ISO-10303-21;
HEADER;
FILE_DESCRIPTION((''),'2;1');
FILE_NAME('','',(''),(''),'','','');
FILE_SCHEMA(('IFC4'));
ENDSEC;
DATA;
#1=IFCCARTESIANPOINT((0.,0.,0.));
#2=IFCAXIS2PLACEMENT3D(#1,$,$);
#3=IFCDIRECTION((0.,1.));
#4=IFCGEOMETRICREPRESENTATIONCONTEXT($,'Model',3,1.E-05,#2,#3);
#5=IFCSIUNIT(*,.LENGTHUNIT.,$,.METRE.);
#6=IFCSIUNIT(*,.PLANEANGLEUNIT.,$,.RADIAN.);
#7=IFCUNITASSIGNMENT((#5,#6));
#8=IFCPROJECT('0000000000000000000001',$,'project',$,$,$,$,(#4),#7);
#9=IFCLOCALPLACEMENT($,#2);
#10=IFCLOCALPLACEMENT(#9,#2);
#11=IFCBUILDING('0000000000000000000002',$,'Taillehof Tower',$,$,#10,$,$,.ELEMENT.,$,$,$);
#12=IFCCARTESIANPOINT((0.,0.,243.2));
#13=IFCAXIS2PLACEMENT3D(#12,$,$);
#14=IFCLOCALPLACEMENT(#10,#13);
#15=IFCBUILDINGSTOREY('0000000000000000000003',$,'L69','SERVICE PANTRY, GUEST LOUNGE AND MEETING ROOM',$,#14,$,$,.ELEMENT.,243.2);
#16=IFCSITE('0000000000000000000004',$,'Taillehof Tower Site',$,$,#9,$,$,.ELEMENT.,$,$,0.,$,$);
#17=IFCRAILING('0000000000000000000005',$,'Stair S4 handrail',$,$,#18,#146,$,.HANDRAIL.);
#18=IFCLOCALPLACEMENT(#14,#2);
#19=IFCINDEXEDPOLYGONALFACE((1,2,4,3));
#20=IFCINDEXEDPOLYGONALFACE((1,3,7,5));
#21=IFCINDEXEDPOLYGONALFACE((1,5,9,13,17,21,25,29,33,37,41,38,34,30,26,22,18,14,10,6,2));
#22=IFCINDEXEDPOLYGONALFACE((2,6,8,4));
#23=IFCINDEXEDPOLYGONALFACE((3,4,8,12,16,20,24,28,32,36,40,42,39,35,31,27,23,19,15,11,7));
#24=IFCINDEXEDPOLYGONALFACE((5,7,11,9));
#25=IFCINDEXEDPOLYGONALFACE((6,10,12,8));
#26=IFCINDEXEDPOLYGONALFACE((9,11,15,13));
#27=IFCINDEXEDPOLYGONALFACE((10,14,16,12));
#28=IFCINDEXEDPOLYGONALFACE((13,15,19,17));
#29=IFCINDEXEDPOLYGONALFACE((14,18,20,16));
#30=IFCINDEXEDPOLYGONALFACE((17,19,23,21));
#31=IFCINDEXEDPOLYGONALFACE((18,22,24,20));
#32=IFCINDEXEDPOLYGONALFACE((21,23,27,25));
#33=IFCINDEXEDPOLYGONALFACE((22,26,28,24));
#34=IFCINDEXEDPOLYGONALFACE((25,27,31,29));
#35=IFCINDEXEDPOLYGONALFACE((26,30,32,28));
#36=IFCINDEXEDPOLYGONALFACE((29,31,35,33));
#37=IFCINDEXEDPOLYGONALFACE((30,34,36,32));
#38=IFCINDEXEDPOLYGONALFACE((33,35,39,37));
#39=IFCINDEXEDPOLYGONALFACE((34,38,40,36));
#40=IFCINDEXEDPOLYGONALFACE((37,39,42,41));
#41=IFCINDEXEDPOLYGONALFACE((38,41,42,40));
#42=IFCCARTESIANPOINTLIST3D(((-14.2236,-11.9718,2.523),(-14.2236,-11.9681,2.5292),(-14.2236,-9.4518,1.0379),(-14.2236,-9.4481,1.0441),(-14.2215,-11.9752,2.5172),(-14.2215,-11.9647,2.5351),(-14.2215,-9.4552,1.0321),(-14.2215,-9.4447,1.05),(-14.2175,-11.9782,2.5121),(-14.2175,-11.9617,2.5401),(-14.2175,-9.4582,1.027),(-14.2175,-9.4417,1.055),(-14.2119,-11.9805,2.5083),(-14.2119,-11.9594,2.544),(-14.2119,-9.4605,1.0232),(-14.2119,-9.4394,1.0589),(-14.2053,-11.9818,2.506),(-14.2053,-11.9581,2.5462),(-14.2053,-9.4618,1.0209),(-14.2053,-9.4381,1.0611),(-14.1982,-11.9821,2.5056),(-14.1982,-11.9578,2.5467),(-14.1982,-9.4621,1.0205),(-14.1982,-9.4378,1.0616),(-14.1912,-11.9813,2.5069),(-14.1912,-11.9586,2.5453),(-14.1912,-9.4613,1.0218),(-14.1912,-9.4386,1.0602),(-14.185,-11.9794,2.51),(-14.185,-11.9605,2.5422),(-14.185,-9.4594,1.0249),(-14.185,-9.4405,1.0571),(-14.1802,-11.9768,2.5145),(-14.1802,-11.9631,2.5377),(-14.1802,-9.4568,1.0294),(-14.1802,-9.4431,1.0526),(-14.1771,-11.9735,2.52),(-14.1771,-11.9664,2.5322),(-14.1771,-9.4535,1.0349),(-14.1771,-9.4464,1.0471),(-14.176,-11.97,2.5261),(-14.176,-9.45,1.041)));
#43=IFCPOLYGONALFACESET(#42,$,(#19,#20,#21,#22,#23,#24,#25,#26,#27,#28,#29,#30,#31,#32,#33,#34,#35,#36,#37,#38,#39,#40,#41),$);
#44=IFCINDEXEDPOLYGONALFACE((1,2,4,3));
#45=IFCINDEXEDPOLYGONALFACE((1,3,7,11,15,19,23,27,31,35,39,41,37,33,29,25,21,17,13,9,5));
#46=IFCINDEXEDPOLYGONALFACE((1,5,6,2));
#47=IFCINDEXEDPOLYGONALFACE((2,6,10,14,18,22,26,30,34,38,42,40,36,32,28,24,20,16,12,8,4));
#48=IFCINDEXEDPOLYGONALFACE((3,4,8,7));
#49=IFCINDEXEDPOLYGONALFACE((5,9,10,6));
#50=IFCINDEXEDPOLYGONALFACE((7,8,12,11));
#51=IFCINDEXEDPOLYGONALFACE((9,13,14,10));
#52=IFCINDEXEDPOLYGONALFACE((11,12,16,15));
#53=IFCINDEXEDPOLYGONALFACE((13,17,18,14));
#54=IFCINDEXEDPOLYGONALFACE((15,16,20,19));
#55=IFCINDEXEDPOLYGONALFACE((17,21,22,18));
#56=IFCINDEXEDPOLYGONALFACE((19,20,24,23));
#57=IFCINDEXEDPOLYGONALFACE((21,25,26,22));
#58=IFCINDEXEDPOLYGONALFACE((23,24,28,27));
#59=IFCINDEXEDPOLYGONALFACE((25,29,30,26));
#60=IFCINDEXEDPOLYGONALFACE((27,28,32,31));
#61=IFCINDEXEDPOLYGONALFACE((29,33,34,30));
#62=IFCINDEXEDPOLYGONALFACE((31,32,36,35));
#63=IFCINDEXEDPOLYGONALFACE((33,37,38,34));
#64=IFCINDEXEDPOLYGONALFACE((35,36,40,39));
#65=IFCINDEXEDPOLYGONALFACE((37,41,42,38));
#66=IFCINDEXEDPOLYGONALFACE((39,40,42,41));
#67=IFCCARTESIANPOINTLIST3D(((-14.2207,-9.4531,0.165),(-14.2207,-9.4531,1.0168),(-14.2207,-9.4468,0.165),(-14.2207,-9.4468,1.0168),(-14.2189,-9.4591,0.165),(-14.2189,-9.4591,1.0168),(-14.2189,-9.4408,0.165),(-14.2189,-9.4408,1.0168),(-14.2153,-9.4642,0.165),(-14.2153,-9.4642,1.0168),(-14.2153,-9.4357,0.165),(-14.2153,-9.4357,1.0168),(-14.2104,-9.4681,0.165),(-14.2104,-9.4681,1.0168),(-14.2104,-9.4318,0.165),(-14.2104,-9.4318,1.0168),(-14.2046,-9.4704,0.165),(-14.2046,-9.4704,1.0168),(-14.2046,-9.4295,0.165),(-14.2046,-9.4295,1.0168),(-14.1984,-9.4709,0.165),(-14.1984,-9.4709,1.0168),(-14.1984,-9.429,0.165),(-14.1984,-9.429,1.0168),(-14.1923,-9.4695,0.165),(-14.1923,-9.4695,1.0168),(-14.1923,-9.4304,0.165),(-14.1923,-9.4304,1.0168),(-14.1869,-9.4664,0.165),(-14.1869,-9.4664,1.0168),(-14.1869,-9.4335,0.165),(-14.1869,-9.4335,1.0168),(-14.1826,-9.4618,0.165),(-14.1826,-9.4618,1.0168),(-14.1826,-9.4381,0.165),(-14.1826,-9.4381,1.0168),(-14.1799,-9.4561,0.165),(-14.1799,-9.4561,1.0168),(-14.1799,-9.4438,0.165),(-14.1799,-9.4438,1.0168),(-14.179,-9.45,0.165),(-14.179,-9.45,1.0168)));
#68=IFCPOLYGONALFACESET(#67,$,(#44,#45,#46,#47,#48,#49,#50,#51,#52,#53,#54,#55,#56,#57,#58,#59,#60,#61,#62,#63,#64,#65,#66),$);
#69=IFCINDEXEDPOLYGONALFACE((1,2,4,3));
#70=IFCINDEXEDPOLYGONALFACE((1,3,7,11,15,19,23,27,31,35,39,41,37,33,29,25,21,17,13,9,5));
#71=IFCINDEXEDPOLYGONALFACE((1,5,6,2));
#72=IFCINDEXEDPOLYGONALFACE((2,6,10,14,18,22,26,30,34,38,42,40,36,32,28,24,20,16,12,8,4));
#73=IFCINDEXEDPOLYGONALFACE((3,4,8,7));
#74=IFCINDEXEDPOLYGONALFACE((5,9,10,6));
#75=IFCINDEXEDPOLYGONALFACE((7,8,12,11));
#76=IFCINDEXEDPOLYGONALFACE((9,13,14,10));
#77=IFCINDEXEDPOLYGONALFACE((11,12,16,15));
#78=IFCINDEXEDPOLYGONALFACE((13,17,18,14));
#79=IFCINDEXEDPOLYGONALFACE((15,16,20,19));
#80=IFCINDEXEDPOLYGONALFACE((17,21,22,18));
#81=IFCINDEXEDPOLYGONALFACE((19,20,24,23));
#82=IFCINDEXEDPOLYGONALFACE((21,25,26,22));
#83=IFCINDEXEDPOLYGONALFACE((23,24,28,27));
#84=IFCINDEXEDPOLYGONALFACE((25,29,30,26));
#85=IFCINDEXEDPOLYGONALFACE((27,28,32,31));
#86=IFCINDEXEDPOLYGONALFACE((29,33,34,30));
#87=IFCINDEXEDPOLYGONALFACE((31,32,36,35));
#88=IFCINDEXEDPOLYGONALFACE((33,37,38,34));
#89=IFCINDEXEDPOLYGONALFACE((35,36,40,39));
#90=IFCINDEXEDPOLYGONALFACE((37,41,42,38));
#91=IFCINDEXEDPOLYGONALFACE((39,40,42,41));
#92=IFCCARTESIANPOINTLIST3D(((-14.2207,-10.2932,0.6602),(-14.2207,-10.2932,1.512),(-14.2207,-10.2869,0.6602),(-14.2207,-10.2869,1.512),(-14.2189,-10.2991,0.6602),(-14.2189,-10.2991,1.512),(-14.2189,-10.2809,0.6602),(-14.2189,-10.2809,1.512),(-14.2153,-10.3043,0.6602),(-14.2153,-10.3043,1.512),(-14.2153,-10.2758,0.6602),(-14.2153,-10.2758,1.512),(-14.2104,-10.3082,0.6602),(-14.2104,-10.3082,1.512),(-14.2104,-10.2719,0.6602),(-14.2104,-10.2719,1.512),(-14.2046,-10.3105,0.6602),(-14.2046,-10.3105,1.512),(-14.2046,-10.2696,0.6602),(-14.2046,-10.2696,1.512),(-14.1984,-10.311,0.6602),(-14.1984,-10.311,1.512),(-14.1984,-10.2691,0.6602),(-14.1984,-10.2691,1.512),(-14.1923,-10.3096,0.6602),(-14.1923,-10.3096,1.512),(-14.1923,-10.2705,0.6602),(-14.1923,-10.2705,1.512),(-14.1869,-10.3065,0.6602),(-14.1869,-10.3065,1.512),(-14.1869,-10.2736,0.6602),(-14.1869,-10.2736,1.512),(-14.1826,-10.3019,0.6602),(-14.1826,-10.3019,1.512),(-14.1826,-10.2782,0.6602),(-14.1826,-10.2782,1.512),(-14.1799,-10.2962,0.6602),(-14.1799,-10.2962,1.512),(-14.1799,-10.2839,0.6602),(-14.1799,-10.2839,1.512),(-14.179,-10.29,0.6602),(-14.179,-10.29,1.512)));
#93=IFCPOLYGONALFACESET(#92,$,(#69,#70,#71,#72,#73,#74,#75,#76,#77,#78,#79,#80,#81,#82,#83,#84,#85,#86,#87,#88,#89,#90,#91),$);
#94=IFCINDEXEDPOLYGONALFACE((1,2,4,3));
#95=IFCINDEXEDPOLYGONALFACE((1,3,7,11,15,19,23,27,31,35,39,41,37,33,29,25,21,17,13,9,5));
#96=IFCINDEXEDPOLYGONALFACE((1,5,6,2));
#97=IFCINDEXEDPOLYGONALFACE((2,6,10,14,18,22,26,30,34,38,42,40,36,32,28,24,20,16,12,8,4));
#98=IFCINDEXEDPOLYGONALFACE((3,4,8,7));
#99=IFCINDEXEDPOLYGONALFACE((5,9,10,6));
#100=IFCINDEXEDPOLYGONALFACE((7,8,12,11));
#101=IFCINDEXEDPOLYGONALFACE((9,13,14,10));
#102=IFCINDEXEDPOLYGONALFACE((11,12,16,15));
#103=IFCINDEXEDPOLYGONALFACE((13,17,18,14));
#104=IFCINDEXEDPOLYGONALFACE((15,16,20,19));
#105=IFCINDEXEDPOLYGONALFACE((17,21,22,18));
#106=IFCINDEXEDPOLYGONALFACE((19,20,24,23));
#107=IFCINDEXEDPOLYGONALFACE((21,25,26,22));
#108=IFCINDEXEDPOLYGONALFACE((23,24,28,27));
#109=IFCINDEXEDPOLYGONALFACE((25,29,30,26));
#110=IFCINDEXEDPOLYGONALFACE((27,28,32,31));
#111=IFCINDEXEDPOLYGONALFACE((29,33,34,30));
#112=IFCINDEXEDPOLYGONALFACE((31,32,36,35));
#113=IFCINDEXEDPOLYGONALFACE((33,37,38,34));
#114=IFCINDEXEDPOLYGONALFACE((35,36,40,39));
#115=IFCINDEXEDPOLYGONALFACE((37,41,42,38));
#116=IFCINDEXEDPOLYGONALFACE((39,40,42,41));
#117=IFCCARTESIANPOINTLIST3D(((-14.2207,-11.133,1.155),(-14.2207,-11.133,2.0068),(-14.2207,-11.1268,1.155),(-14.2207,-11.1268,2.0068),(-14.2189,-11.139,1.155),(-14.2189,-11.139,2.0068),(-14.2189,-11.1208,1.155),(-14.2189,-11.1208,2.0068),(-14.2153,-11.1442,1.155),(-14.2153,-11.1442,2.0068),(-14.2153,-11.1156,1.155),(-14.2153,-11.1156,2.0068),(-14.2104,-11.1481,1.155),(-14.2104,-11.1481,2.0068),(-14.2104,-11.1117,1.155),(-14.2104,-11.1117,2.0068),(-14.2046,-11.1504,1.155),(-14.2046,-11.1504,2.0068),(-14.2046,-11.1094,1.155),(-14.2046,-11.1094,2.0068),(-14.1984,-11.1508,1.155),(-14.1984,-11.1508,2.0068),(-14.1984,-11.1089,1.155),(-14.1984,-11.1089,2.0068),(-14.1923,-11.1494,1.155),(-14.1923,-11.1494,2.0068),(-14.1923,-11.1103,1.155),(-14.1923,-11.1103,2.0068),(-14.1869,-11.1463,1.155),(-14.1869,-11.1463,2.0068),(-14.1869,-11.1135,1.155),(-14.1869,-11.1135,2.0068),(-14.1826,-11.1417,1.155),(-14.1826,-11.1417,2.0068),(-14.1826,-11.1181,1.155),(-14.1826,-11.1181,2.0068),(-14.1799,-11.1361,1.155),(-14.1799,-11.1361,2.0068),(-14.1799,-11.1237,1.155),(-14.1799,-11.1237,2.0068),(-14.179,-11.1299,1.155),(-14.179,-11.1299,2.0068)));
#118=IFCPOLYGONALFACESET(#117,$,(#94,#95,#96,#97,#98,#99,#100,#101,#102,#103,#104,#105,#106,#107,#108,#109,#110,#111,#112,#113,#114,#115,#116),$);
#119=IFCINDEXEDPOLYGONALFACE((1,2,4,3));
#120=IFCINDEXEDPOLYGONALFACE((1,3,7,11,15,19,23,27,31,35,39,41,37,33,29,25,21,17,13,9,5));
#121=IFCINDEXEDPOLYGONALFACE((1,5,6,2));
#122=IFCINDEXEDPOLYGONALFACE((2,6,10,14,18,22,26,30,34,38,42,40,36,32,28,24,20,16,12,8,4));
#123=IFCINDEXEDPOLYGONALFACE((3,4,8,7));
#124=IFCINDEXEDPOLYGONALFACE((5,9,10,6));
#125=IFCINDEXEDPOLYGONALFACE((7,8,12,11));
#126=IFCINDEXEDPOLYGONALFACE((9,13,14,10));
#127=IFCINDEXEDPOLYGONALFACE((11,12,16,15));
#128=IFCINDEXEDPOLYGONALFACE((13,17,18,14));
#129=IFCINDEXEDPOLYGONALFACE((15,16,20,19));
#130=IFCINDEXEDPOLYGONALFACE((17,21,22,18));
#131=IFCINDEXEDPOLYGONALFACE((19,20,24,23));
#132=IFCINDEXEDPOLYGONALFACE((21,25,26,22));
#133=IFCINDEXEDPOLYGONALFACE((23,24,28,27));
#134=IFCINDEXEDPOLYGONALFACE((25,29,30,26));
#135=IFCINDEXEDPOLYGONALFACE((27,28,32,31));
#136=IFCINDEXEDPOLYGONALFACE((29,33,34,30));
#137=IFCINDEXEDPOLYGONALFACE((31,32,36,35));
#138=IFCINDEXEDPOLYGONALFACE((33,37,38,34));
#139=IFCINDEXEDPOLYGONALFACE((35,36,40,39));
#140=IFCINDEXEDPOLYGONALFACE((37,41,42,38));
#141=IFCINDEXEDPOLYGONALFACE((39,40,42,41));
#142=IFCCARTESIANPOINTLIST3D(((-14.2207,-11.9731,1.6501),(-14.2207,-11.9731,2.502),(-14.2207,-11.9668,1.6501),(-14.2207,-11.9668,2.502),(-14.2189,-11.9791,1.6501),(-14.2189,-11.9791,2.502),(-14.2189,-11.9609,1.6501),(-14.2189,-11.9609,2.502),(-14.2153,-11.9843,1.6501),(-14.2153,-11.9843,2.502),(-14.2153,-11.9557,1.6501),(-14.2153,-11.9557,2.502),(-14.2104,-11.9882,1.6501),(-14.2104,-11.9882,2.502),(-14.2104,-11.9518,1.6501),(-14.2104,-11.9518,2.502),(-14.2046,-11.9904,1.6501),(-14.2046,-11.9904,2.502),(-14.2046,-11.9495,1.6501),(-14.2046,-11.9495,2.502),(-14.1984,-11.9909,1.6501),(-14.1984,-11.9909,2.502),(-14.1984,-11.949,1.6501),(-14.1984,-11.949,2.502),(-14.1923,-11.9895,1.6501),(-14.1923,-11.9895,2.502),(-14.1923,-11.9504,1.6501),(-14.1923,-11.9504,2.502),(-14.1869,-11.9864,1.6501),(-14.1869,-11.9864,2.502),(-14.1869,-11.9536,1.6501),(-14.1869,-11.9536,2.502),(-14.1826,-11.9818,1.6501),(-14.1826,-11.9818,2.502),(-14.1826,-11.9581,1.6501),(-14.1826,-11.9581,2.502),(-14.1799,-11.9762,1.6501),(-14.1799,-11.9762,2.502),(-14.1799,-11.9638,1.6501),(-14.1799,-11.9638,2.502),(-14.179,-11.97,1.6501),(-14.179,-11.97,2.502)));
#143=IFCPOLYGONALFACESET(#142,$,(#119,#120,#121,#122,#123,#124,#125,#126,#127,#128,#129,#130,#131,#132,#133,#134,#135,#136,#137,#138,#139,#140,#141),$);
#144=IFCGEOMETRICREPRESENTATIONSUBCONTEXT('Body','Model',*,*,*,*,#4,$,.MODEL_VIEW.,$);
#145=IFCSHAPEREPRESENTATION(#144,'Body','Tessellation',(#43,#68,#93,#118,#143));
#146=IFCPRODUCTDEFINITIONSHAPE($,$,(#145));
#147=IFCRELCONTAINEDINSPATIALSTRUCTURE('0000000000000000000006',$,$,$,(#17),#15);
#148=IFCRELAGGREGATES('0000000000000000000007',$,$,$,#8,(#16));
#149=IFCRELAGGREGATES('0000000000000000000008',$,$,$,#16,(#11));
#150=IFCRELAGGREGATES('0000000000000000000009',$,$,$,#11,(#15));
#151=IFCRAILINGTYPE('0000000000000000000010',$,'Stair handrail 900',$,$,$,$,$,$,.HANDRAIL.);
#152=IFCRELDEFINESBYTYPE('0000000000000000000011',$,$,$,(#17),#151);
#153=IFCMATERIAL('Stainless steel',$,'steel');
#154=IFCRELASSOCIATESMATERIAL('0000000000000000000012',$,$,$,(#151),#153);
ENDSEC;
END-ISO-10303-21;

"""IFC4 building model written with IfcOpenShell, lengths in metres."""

from ifc_helpers import new_model, si_unit, direction, frame, origin, origin_2d, place, context, subcontext, project, spatial, circle, extrude, material, type_object, element, save


model = new_model("IFC4")

# Units and contexts
model_context = context("Model", 3, precision=1e-05, world=origin(), true_north=direction((0.0, 1.0)))
body_context = subcontext(model_context, "Body", "Model", "MODEL_VIEW")
ifc_project = project(units=[si_unit("LENGTHUNIT", "METRE"), si_unit("PLANEANGLEUNIT", "RADIAN")], contexts=[model_context])

# Site, building, storey
site_placement = place(None, origin())
site = spatial("IfcSite", under=ifc_project, at=site_placement, Name="Taillehof Tower Site", CompositionType="ELEMENT", RefElevation=0.0)
building_placement = place(site_placement, origin())
building = spatial("IfcBuilding", under=site, at=building_placement, Name="Taillehof Tower", CompositionType="ELEMENT")
storey_placement = place(building_placement, frame((0.0, 0.0, 243.2)))
storey = spatial("IfcBuildingStorey", under=building, at=storey_placement, Name="L69", Description="SERVICE PANTRY, GUEST LOUNGE AND MEETING ROOM", CompositionType="ELEMENT", Elevation=243.2)

# Railing
ifc_material_1 = material(Name="Stainless steel", Category="steel")
railing_type = type_object("IfcRailingType", Name="Stair handrail 900", PredefinedType="HANDRAIL", material=ifc_material_1)
railing_placement = place(storey_placement, frame((-14.2, -9.45, 0.165)))
element("IfcRailing", 1, at=railing_placement, inside=storey, type_object=railing_type, Name="Stair S4 handrail", PredefinedType="HANDRAIL", context=body_context, shape_type="SweptSolid", body=[
    extrude(circle(Radius=0.0239, at=origin_2d()), frame((0.0, 0.0, 0.876), z_axis=(0.0, -0.861524, 0.507717), x_axis=(1.0, 0.0, 0.0)), (0.0, 0.0, 1.0), 2.925),
    extrude(circle(Radius=0.021, at=origin_2d()), origin(), (0.0, 0.0, 1.0), 0.8518),
    extrude(circle(Radius=0.021, at=origin_2d()), frame((0.0, -0.8401, 0.4951)), (0.0, 0.0, 1.0), 0.8518),
    extrude(circle(Radius=0.021, at=origin_2d()), frame((0.0, -1.6799, 0.99)), (0.0, 0.0, 1.0), 0.8518),
    extrude(circle(Radius=0.021, at=origin_2d()), frame((0.0, -2.52, 1.4851)), (0.0, 0.0, 1.0), 0.8518),
])

save(model, "model.ifc")
